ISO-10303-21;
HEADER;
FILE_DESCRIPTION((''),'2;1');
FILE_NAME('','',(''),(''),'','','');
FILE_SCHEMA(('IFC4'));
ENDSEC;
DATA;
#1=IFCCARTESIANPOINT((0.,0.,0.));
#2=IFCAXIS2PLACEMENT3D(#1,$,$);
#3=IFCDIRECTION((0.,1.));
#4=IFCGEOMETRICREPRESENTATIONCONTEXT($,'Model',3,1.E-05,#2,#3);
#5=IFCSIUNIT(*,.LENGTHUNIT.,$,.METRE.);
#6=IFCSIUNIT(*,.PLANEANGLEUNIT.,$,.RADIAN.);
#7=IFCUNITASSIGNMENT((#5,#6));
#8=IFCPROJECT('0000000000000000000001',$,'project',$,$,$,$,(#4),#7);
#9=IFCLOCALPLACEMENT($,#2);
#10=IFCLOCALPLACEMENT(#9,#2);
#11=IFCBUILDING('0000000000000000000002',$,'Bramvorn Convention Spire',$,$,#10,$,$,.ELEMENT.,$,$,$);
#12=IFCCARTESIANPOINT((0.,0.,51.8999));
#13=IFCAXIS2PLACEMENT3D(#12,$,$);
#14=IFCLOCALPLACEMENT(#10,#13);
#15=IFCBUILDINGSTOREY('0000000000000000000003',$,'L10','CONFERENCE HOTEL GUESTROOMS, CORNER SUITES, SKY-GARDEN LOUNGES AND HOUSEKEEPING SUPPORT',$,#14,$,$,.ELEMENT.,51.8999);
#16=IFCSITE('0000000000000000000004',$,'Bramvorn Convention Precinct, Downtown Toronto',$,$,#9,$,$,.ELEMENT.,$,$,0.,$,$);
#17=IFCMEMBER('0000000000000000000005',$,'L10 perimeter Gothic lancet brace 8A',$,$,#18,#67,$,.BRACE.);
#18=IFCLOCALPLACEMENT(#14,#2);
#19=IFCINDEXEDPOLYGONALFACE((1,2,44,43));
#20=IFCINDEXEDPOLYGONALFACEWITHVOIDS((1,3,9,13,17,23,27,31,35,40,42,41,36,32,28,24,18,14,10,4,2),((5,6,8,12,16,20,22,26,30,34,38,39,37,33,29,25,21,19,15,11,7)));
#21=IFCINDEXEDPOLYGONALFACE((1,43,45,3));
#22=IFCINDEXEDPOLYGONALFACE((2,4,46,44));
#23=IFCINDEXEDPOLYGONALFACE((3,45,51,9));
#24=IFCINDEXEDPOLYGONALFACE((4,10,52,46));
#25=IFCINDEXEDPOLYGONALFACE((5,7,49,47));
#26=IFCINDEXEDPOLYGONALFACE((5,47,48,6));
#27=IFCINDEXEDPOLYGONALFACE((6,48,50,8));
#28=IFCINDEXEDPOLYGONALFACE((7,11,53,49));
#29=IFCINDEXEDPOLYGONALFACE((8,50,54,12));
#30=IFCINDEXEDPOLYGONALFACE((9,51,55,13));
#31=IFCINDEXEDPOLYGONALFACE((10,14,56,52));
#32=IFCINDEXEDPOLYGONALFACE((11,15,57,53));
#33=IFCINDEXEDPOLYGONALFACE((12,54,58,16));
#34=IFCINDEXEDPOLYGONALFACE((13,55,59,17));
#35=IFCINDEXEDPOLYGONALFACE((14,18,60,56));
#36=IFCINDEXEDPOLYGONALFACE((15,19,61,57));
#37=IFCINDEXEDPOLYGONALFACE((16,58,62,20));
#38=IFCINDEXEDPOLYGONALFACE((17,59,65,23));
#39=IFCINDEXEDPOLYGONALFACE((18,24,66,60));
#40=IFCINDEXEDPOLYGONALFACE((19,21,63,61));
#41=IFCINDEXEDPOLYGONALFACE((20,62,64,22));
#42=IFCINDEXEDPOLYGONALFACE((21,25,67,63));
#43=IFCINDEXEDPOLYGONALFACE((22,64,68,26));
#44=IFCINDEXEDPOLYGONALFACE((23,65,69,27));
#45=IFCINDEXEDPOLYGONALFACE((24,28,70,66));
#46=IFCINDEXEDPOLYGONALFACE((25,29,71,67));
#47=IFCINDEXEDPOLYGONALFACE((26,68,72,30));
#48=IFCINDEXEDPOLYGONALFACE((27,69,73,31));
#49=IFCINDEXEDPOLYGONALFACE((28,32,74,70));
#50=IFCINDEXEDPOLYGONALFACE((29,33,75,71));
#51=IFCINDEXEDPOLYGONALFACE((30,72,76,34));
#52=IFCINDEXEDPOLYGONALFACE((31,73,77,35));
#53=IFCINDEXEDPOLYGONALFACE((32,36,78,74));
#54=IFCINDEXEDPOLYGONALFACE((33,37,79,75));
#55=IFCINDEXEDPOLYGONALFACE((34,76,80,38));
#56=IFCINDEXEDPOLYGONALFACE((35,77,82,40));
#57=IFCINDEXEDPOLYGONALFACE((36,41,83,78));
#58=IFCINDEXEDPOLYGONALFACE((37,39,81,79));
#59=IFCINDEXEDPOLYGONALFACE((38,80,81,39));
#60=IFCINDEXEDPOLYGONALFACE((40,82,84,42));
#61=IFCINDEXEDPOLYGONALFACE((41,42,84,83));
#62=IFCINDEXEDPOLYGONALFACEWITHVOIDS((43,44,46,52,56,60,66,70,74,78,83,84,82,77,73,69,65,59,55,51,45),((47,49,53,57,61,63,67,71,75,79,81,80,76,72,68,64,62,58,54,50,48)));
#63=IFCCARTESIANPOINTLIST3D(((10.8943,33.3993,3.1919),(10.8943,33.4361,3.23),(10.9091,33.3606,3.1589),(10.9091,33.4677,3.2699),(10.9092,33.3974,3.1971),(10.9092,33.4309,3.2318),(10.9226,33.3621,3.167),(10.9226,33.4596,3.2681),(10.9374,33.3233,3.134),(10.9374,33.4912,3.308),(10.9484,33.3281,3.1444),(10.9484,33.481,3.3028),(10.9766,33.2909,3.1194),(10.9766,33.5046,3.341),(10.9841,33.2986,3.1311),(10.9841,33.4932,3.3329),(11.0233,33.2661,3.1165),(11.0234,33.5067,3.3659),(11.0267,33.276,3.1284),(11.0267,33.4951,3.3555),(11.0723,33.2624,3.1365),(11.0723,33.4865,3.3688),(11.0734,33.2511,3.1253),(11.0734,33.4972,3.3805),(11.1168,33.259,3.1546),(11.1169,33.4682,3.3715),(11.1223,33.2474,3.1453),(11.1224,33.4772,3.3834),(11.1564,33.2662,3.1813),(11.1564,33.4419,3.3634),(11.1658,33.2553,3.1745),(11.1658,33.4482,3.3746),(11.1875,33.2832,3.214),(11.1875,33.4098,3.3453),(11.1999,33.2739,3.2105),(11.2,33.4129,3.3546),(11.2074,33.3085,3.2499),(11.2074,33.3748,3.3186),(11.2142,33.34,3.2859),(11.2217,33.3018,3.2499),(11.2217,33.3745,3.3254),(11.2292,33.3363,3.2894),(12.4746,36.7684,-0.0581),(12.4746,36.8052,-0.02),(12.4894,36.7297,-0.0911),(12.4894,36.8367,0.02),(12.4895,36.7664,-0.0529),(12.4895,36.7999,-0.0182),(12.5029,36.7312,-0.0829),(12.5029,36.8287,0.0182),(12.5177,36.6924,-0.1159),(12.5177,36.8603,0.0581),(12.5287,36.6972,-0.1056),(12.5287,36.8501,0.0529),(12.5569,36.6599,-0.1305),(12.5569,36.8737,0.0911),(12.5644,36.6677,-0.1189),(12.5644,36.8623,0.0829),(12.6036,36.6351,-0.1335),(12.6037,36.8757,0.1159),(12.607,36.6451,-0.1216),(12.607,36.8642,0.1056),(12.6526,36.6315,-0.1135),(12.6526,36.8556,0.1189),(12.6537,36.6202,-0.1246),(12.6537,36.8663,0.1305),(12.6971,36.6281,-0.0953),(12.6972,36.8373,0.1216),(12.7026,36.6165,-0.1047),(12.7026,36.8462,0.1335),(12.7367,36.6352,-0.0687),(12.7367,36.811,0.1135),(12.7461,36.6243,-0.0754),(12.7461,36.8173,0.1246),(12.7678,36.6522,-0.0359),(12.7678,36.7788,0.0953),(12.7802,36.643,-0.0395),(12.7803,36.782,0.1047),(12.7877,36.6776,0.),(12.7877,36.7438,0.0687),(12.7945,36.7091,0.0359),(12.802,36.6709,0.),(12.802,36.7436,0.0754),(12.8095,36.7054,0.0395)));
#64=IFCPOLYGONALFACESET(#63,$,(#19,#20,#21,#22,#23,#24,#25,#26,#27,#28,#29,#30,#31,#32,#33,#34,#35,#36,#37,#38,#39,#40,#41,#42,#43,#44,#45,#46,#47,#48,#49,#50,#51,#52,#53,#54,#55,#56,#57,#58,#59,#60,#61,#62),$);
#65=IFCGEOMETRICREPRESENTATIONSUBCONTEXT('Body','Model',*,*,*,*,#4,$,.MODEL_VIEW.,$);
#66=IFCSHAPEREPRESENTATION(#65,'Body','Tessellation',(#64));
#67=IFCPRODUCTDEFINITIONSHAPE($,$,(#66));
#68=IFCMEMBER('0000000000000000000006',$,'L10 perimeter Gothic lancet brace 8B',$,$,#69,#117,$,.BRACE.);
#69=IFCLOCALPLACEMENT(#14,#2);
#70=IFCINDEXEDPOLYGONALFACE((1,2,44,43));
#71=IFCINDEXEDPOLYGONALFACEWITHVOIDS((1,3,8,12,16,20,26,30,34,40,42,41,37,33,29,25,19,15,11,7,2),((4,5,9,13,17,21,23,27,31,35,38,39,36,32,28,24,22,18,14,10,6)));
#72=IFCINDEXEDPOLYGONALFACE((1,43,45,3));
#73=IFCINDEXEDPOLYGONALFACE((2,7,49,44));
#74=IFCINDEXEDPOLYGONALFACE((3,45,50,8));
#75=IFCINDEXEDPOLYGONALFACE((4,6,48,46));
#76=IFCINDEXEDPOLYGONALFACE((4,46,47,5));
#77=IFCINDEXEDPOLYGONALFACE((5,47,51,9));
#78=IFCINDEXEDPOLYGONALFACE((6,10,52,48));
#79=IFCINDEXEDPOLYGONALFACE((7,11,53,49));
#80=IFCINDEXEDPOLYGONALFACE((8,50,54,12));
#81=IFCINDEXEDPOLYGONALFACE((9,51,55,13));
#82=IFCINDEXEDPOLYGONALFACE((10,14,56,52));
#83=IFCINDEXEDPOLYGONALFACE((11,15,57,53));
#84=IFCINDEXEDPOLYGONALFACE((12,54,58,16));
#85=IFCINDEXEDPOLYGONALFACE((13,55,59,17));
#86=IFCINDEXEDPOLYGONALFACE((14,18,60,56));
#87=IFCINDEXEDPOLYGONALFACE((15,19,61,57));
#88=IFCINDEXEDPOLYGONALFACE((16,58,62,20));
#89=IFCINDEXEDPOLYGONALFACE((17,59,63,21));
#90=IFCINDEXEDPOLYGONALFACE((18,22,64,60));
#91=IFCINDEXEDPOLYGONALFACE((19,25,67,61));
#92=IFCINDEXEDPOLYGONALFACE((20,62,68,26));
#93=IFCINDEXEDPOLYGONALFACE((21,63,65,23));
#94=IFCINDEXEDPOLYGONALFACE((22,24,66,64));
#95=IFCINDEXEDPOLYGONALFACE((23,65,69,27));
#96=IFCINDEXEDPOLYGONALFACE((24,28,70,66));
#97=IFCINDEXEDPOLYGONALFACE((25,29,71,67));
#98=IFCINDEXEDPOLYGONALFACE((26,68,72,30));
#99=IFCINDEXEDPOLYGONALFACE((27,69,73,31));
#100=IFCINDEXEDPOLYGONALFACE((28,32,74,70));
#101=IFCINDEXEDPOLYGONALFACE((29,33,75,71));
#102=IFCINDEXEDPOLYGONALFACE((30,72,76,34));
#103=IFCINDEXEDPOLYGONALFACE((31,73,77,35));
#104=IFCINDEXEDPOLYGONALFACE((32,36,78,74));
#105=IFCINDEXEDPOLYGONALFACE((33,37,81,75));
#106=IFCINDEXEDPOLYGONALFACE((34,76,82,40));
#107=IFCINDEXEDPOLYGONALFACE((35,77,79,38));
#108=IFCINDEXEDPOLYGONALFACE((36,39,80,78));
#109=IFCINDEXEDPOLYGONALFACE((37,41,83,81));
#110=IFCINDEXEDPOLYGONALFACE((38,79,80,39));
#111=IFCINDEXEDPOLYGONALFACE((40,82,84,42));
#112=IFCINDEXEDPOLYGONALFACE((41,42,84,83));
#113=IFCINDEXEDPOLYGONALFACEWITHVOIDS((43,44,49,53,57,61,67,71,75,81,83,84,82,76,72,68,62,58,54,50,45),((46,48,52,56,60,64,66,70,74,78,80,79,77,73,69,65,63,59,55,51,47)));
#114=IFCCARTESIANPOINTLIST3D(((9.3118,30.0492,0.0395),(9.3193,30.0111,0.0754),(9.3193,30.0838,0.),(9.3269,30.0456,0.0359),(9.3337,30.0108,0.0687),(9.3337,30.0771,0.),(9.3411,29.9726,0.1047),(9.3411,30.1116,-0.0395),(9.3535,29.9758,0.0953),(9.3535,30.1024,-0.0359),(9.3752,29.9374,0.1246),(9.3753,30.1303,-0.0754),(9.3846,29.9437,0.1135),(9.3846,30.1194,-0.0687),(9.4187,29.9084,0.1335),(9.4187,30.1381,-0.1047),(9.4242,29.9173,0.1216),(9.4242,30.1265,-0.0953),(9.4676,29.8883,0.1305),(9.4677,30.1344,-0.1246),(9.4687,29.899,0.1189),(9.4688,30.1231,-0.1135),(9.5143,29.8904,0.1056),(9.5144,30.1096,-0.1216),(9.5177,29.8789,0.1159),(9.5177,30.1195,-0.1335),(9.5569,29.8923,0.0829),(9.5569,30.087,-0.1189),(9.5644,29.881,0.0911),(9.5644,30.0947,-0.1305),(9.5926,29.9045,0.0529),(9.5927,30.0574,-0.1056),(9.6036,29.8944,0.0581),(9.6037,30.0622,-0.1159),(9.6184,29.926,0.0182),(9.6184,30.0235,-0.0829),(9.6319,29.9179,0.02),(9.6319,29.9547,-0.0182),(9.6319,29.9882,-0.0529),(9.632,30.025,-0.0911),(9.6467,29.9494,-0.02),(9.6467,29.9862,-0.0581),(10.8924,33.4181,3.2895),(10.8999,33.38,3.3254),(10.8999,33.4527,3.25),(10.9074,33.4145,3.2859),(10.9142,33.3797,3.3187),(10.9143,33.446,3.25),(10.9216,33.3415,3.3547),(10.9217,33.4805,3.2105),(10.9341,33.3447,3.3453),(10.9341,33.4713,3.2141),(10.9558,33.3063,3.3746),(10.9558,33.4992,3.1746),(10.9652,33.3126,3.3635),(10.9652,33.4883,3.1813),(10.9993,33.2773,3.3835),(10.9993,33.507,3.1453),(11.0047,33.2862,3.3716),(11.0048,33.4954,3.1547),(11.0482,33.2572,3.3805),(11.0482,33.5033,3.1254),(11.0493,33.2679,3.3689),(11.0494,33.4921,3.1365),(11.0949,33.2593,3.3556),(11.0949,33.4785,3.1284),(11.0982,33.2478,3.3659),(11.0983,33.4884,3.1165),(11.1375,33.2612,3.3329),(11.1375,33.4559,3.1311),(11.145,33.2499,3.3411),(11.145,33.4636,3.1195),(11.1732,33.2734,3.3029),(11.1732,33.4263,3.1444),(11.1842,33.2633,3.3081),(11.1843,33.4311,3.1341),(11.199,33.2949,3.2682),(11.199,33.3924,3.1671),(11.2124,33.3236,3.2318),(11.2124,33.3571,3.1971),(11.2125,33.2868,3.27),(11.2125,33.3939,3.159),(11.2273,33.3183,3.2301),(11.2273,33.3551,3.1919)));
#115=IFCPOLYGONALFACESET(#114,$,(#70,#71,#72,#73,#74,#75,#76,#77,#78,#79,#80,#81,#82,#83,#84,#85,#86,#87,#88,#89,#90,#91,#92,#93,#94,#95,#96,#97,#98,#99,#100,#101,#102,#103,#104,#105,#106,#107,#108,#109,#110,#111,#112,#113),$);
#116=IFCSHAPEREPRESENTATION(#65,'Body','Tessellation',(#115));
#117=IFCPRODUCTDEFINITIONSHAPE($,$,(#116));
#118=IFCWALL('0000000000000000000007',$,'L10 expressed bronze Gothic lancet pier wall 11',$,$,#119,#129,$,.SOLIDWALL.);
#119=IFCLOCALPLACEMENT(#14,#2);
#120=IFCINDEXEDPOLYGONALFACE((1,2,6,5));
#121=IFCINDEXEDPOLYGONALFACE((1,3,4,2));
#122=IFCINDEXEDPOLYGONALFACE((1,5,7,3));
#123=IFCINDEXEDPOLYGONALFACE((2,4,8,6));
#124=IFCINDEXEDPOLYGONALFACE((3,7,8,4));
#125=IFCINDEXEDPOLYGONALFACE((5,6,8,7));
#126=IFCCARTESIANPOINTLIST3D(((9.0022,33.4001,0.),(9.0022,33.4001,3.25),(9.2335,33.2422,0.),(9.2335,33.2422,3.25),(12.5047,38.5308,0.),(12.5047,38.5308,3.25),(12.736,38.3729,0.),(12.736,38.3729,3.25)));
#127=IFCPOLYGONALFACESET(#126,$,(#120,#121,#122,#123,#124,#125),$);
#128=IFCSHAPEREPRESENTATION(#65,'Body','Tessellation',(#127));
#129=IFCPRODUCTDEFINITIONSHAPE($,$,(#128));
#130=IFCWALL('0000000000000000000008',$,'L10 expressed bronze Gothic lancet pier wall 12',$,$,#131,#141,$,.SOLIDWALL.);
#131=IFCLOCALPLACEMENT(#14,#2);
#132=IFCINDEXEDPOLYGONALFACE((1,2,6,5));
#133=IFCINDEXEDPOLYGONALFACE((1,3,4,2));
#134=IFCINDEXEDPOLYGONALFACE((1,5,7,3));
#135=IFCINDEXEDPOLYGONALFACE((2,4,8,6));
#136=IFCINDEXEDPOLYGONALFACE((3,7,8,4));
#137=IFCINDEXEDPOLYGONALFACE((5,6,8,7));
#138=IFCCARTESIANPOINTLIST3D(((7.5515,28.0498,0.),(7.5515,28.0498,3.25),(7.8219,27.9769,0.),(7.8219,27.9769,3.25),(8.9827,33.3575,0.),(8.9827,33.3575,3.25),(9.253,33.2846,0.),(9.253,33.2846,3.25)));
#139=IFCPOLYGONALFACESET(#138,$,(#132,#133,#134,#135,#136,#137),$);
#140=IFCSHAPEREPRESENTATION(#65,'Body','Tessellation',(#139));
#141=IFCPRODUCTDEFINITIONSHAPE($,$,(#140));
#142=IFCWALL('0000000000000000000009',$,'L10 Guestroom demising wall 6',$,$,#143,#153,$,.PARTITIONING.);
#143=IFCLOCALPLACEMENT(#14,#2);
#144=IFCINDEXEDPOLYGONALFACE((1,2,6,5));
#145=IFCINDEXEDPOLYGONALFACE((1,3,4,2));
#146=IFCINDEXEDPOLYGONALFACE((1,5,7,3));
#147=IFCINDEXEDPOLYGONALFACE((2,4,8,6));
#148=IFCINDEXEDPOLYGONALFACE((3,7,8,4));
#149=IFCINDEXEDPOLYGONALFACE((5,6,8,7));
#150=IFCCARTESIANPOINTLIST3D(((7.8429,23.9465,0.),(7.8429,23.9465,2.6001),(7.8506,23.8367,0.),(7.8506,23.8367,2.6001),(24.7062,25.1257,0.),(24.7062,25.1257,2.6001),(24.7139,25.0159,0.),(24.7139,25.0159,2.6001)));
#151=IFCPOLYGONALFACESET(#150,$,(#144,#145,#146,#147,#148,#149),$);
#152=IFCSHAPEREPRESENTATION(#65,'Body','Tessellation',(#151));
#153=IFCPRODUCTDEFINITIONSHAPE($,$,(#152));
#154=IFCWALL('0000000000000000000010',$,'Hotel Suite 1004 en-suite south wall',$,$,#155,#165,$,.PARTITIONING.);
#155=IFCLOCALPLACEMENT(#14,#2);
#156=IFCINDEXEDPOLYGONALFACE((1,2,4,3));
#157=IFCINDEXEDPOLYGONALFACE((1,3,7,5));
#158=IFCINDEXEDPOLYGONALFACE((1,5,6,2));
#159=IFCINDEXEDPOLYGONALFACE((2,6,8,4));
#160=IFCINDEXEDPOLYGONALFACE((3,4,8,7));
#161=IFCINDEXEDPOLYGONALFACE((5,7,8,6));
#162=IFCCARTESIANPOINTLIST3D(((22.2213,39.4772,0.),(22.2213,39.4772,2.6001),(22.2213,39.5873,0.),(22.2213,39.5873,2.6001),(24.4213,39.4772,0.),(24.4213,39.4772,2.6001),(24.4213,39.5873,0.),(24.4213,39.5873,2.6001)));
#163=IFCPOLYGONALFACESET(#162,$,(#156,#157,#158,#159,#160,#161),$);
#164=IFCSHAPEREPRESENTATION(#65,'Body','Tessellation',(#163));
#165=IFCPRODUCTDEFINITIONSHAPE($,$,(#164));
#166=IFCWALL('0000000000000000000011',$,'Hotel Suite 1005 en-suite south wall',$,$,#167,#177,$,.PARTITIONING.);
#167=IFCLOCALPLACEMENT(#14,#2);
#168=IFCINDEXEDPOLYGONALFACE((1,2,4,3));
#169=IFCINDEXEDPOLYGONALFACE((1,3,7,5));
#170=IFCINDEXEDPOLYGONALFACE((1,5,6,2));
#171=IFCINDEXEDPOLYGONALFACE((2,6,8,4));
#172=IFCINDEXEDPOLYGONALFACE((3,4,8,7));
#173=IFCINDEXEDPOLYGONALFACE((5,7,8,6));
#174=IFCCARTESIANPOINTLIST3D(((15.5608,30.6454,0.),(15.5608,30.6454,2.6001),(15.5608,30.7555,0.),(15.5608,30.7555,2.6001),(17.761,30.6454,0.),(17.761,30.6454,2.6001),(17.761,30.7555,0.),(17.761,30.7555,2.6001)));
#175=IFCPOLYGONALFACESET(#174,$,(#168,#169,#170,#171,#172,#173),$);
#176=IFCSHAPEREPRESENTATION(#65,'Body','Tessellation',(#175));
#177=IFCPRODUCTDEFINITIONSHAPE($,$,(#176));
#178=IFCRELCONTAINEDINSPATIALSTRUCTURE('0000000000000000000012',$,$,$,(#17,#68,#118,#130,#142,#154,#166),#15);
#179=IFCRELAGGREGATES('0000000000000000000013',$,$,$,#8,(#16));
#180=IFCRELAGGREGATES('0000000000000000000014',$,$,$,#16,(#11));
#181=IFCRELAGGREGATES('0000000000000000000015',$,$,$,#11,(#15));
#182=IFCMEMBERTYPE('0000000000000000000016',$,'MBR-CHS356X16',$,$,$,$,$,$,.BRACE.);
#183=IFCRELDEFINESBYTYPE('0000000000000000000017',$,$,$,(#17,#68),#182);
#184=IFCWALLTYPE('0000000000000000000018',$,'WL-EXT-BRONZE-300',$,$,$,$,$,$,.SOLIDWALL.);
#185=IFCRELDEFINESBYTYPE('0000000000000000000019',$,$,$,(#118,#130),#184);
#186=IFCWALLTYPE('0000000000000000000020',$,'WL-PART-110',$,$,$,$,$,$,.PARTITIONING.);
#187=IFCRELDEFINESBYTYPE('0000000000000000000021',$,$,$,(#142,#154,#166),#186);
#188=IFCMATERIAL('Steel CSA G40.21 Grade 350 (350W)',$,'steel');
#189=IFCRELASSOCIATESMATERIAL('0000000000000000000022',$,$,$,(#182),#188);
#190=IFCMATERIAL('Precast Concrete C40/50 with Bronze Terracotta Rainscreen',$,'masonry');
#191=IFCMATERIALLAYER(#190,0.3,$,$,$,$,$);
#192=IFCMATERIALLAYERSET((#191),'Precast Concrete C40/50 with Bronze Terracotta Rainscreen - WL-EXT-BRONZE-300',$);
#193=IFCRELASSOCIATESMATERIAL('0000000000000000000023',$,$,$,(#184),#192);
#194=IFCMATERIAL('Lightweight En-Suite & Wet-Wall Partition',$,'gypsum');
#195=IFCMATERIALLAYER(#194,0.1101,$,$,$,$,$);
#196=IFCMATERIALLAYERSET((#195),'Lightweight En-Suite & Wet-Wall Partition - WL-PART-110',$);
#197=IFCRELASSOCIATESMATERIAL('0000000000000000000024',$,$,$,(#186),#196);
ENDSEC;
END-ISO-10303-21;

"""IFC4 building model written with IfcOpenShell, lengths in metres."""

from ifc_helpers import new_model, si_unit, direction, frame, frame_2d, origin, origin_2d, place, context, subcontext, project, spatial, rectangle, hollow_circle, extrude, material, layer, layer_set, material_profile, profile_set, type_object, element, save


model = new_model("IFC4")

# Units and contexts
model_context = context("Model", 3, precision=1e-05, world=origin(), true_north=direction((0.0, 1.0)))
body_context = subcontext(model_context, "Body", "Model", "MODEL_VIEW")
ifc_project = project(units=[si_unit("LENGTHUNIT", "METRE"), si_unit("PLANEANGLEUNIT", "RADIAN")], contexts=[model_context])

# Site, building, storey
site_placement = place(None, origin())
site = spatial("IfcSite", under=ifc_project, at=site_placement, Name="Bramvorn Convention Precinct, Downtown Toronto", CompositionType="ELEMENT", RefElevation=0.0)
building_placement = place(site_placement, origin())
building = spatial("IfcBuilding", under=site, at=building_placement, Name="Bramvorn Convention Spire", CompositionType="ELEMENT")
storey_placement = place(building_placement, frame((0.0, 0.0, 51.8999)))
storey = spatial("IfcBuildingStorey", under=building, at=storey_placement, Name="L10", Description="CONFERENCE HOTEL GUESTROOMS, CORNER SUITES, SKY-GARDEN LOUNGES AND HOUSEKEEPING SUPPORT", CompositionType="ELEMENT", Elevation=51.8999)

# Shared definitions
ifc_material_1 = material(Name="Steel CSA G40.21 Grade 350 (350W)", Category="steel")

# Members
ifc_material_profile_1 = material_profile(ifc_material_1, hollow_circle(Radius=0.1777, WallThickness=0.0159, at=origin_2d()))
ifc_profile_set_1 = profile_set([ifc_material_profile_1], Name="Steel CSA G40.21 Grade 350 (350W) - CHS356X16")
member_type_1 = type_object("IfcMemberType", Name="MBR-CHS356X16", PredefinedType="BRACE", material=ifc_profile_set_1)
for number, where, z_axis, x_axis, name in (
    (1, (12.6411, 36.7463, 0.0), (-0.319855, -0.681909, 0.657795), (0.905352, -0.424662, 0.0), "L10 perimeter Gothic lancet brace 8A"),
    (2, (9.4802, 30.0083, 0.0), (0.31991, 0.681871, 0.657806), (-0.905315, 0.424741, 0.0), "L10 perimeter Gothic lancet brace 8B"),
):
    element("IfcMember", number, at=place(storey_placement, frame(where, z_axis=z_axis, x_axis=x_axis)), inside=storey, type_object=member_type_1, Name=name, PredefinedType="BRACE", context=body_context, shape_type="SweptSolid", body=[
        extrude(hollow_circle(Radius=0.1777, WallThickness=0.0159, at=origin_2d()), origin(), (0.0, 0.0, 1.0), 4.9407),
    ])

# Walls
ifc_material_2 = material(Name="Precast Concrete C40/50 with Bronze Terracotta Rainscreen", Category="masonry")
ifc_layer_1 = layer(ifc_material_2, 0.3)
ifc_layer_set_1 = layer_set([ifc_layer_1], Name="Precast Concrete C40/50 with Bronze Terracotta Rainscreen - WL-EXT-BRONZE-300")
wall_type_1 = type_object("IfcWallType", Name="WL-EXT-BRONZE-300", PredefinedType="SOLIDWALL", material=ifc_layer_set_1)
wall_1_placement = place(storey_placement, frame((9.1179, 33.3213, 0.0), z_axis=(0.0, 0.0, 1.0), x_axis=(0.563809, 0.825905, 0.0)))
element("IfcWall", 3, at=wall_1_placement, inside=storey, type_object=wall_type_1, Name="L10 expressed bronze Gothic lancet pier wall 11", PredefinedType="SOLIDWALL", context=body_context, shape_type="SweptSolid", body=[
    extrude(rectangle(XDim=6.2122, YDim=0.28, at=frame_2d((3.106, 0.0))), origin(), (0.0, 0.0, 1.0), 3.25),
])
wall_2_placement = place(storey_placement, frame((7.6868, 28.0134, 0.0), z_axis=(0.0, 0.0, 1.0), x_axis=(0.260332, 0.965519, 0.0)))
element("IfcWall", 4, at=wall_2_placement, inside=storey, type_object=wall_type_1, Name="L10 expressed bronze Gothic lancet pier wall 12", PredefinedType="SOLIDWALL", context=body_context, shape_type="SweptSolid", body=[
    extrude(rectangle(XDim=5.4973, YDim=0.28, at=frame_2d((2.7485, 0.0))), origin(), (0.0, 0.0, 1.0), 3.25),
])
ifc_material_3 = material(Name="Lightweight En-Suite & Wet-Wall Partition", Category="gypsum")
ifc_layer_2 = layer(ifc_material_3, 0.1101)
ifc_layer_set_2 = layer_set([ifc_layer_2], Name="Lightweight En-Suite & Wet-Wall Partition - WL-PART-110")
wall_type_2 = type_object("IfcWallType", Name="WL-PART-110", PredefinedType="PARTITIONING", material=ifc_layer_set_2)
wall_3_placement = place(storey_placement, frame((24.71, 25.0708, 0.0), z_axis=(0.0, 0.0, 1.0), x_axis=(-0.997564, -0.069757, 0.0)))
element("IfcWall", 5, at=wall_3_placement, inside=storey, type_object=wall_type_2, Name="L10 Guestroom demising wall 6", PredefinedType="PARTITIONING", context=body_context, shape_type="SweptSolid", body=[
    extrude(rectangle(XDim=16.9045, YDim=0.1101, at=frame_2d((8.4521, 0.0))), origin(), (0.0, 0.0, 1.0), 2.6001),
])
wall_4_placement = place(storey_placement, frame((22.2212, 39.5322, 0.0), z_axis=(0.0, 0.0, 1.0), x_axis=(1.0, 0.0, 0.0)))
element("IfcWall", 6, at=wall_4_placement, inside=storey, type_object=wall_type_2, Name="Hotel Suite 1004 en-suite south wall", PredefinedType="PARTITIONING", context=body_context, shape_type="SweptSolid", body=[
    extrude(rectangle(XDim=2.2, YDim=0.1101, at=frame_2d((1.1001, 0.0))), origin(), (0.0, 0.0, 1.0), 2.6001),
])
wall_5_placement = place(storey_placement, frame((15.5608, 30.7004, 0.0), z_axis=(0.0, 0.0, 1.0), x_axis=(1.0, 0.0, 0.0)))
element("IfcWall", 7, at=wall_5_placement, inside=storey, type_object=wall_type_2, Name="Hotel Suite 1005 en-suite south wall", PredefinedType="PARTITIONING", context=body_context, shape_type="SweptSolid", body=[
    extrude(rectangle(XDim=2.2002, YDim=0.1101, at=frame_2d((1.1001, 0.0))), origin(), (0.0, 0.0, 1.0), 2.6001),
])

save(model, "model.ifc")
